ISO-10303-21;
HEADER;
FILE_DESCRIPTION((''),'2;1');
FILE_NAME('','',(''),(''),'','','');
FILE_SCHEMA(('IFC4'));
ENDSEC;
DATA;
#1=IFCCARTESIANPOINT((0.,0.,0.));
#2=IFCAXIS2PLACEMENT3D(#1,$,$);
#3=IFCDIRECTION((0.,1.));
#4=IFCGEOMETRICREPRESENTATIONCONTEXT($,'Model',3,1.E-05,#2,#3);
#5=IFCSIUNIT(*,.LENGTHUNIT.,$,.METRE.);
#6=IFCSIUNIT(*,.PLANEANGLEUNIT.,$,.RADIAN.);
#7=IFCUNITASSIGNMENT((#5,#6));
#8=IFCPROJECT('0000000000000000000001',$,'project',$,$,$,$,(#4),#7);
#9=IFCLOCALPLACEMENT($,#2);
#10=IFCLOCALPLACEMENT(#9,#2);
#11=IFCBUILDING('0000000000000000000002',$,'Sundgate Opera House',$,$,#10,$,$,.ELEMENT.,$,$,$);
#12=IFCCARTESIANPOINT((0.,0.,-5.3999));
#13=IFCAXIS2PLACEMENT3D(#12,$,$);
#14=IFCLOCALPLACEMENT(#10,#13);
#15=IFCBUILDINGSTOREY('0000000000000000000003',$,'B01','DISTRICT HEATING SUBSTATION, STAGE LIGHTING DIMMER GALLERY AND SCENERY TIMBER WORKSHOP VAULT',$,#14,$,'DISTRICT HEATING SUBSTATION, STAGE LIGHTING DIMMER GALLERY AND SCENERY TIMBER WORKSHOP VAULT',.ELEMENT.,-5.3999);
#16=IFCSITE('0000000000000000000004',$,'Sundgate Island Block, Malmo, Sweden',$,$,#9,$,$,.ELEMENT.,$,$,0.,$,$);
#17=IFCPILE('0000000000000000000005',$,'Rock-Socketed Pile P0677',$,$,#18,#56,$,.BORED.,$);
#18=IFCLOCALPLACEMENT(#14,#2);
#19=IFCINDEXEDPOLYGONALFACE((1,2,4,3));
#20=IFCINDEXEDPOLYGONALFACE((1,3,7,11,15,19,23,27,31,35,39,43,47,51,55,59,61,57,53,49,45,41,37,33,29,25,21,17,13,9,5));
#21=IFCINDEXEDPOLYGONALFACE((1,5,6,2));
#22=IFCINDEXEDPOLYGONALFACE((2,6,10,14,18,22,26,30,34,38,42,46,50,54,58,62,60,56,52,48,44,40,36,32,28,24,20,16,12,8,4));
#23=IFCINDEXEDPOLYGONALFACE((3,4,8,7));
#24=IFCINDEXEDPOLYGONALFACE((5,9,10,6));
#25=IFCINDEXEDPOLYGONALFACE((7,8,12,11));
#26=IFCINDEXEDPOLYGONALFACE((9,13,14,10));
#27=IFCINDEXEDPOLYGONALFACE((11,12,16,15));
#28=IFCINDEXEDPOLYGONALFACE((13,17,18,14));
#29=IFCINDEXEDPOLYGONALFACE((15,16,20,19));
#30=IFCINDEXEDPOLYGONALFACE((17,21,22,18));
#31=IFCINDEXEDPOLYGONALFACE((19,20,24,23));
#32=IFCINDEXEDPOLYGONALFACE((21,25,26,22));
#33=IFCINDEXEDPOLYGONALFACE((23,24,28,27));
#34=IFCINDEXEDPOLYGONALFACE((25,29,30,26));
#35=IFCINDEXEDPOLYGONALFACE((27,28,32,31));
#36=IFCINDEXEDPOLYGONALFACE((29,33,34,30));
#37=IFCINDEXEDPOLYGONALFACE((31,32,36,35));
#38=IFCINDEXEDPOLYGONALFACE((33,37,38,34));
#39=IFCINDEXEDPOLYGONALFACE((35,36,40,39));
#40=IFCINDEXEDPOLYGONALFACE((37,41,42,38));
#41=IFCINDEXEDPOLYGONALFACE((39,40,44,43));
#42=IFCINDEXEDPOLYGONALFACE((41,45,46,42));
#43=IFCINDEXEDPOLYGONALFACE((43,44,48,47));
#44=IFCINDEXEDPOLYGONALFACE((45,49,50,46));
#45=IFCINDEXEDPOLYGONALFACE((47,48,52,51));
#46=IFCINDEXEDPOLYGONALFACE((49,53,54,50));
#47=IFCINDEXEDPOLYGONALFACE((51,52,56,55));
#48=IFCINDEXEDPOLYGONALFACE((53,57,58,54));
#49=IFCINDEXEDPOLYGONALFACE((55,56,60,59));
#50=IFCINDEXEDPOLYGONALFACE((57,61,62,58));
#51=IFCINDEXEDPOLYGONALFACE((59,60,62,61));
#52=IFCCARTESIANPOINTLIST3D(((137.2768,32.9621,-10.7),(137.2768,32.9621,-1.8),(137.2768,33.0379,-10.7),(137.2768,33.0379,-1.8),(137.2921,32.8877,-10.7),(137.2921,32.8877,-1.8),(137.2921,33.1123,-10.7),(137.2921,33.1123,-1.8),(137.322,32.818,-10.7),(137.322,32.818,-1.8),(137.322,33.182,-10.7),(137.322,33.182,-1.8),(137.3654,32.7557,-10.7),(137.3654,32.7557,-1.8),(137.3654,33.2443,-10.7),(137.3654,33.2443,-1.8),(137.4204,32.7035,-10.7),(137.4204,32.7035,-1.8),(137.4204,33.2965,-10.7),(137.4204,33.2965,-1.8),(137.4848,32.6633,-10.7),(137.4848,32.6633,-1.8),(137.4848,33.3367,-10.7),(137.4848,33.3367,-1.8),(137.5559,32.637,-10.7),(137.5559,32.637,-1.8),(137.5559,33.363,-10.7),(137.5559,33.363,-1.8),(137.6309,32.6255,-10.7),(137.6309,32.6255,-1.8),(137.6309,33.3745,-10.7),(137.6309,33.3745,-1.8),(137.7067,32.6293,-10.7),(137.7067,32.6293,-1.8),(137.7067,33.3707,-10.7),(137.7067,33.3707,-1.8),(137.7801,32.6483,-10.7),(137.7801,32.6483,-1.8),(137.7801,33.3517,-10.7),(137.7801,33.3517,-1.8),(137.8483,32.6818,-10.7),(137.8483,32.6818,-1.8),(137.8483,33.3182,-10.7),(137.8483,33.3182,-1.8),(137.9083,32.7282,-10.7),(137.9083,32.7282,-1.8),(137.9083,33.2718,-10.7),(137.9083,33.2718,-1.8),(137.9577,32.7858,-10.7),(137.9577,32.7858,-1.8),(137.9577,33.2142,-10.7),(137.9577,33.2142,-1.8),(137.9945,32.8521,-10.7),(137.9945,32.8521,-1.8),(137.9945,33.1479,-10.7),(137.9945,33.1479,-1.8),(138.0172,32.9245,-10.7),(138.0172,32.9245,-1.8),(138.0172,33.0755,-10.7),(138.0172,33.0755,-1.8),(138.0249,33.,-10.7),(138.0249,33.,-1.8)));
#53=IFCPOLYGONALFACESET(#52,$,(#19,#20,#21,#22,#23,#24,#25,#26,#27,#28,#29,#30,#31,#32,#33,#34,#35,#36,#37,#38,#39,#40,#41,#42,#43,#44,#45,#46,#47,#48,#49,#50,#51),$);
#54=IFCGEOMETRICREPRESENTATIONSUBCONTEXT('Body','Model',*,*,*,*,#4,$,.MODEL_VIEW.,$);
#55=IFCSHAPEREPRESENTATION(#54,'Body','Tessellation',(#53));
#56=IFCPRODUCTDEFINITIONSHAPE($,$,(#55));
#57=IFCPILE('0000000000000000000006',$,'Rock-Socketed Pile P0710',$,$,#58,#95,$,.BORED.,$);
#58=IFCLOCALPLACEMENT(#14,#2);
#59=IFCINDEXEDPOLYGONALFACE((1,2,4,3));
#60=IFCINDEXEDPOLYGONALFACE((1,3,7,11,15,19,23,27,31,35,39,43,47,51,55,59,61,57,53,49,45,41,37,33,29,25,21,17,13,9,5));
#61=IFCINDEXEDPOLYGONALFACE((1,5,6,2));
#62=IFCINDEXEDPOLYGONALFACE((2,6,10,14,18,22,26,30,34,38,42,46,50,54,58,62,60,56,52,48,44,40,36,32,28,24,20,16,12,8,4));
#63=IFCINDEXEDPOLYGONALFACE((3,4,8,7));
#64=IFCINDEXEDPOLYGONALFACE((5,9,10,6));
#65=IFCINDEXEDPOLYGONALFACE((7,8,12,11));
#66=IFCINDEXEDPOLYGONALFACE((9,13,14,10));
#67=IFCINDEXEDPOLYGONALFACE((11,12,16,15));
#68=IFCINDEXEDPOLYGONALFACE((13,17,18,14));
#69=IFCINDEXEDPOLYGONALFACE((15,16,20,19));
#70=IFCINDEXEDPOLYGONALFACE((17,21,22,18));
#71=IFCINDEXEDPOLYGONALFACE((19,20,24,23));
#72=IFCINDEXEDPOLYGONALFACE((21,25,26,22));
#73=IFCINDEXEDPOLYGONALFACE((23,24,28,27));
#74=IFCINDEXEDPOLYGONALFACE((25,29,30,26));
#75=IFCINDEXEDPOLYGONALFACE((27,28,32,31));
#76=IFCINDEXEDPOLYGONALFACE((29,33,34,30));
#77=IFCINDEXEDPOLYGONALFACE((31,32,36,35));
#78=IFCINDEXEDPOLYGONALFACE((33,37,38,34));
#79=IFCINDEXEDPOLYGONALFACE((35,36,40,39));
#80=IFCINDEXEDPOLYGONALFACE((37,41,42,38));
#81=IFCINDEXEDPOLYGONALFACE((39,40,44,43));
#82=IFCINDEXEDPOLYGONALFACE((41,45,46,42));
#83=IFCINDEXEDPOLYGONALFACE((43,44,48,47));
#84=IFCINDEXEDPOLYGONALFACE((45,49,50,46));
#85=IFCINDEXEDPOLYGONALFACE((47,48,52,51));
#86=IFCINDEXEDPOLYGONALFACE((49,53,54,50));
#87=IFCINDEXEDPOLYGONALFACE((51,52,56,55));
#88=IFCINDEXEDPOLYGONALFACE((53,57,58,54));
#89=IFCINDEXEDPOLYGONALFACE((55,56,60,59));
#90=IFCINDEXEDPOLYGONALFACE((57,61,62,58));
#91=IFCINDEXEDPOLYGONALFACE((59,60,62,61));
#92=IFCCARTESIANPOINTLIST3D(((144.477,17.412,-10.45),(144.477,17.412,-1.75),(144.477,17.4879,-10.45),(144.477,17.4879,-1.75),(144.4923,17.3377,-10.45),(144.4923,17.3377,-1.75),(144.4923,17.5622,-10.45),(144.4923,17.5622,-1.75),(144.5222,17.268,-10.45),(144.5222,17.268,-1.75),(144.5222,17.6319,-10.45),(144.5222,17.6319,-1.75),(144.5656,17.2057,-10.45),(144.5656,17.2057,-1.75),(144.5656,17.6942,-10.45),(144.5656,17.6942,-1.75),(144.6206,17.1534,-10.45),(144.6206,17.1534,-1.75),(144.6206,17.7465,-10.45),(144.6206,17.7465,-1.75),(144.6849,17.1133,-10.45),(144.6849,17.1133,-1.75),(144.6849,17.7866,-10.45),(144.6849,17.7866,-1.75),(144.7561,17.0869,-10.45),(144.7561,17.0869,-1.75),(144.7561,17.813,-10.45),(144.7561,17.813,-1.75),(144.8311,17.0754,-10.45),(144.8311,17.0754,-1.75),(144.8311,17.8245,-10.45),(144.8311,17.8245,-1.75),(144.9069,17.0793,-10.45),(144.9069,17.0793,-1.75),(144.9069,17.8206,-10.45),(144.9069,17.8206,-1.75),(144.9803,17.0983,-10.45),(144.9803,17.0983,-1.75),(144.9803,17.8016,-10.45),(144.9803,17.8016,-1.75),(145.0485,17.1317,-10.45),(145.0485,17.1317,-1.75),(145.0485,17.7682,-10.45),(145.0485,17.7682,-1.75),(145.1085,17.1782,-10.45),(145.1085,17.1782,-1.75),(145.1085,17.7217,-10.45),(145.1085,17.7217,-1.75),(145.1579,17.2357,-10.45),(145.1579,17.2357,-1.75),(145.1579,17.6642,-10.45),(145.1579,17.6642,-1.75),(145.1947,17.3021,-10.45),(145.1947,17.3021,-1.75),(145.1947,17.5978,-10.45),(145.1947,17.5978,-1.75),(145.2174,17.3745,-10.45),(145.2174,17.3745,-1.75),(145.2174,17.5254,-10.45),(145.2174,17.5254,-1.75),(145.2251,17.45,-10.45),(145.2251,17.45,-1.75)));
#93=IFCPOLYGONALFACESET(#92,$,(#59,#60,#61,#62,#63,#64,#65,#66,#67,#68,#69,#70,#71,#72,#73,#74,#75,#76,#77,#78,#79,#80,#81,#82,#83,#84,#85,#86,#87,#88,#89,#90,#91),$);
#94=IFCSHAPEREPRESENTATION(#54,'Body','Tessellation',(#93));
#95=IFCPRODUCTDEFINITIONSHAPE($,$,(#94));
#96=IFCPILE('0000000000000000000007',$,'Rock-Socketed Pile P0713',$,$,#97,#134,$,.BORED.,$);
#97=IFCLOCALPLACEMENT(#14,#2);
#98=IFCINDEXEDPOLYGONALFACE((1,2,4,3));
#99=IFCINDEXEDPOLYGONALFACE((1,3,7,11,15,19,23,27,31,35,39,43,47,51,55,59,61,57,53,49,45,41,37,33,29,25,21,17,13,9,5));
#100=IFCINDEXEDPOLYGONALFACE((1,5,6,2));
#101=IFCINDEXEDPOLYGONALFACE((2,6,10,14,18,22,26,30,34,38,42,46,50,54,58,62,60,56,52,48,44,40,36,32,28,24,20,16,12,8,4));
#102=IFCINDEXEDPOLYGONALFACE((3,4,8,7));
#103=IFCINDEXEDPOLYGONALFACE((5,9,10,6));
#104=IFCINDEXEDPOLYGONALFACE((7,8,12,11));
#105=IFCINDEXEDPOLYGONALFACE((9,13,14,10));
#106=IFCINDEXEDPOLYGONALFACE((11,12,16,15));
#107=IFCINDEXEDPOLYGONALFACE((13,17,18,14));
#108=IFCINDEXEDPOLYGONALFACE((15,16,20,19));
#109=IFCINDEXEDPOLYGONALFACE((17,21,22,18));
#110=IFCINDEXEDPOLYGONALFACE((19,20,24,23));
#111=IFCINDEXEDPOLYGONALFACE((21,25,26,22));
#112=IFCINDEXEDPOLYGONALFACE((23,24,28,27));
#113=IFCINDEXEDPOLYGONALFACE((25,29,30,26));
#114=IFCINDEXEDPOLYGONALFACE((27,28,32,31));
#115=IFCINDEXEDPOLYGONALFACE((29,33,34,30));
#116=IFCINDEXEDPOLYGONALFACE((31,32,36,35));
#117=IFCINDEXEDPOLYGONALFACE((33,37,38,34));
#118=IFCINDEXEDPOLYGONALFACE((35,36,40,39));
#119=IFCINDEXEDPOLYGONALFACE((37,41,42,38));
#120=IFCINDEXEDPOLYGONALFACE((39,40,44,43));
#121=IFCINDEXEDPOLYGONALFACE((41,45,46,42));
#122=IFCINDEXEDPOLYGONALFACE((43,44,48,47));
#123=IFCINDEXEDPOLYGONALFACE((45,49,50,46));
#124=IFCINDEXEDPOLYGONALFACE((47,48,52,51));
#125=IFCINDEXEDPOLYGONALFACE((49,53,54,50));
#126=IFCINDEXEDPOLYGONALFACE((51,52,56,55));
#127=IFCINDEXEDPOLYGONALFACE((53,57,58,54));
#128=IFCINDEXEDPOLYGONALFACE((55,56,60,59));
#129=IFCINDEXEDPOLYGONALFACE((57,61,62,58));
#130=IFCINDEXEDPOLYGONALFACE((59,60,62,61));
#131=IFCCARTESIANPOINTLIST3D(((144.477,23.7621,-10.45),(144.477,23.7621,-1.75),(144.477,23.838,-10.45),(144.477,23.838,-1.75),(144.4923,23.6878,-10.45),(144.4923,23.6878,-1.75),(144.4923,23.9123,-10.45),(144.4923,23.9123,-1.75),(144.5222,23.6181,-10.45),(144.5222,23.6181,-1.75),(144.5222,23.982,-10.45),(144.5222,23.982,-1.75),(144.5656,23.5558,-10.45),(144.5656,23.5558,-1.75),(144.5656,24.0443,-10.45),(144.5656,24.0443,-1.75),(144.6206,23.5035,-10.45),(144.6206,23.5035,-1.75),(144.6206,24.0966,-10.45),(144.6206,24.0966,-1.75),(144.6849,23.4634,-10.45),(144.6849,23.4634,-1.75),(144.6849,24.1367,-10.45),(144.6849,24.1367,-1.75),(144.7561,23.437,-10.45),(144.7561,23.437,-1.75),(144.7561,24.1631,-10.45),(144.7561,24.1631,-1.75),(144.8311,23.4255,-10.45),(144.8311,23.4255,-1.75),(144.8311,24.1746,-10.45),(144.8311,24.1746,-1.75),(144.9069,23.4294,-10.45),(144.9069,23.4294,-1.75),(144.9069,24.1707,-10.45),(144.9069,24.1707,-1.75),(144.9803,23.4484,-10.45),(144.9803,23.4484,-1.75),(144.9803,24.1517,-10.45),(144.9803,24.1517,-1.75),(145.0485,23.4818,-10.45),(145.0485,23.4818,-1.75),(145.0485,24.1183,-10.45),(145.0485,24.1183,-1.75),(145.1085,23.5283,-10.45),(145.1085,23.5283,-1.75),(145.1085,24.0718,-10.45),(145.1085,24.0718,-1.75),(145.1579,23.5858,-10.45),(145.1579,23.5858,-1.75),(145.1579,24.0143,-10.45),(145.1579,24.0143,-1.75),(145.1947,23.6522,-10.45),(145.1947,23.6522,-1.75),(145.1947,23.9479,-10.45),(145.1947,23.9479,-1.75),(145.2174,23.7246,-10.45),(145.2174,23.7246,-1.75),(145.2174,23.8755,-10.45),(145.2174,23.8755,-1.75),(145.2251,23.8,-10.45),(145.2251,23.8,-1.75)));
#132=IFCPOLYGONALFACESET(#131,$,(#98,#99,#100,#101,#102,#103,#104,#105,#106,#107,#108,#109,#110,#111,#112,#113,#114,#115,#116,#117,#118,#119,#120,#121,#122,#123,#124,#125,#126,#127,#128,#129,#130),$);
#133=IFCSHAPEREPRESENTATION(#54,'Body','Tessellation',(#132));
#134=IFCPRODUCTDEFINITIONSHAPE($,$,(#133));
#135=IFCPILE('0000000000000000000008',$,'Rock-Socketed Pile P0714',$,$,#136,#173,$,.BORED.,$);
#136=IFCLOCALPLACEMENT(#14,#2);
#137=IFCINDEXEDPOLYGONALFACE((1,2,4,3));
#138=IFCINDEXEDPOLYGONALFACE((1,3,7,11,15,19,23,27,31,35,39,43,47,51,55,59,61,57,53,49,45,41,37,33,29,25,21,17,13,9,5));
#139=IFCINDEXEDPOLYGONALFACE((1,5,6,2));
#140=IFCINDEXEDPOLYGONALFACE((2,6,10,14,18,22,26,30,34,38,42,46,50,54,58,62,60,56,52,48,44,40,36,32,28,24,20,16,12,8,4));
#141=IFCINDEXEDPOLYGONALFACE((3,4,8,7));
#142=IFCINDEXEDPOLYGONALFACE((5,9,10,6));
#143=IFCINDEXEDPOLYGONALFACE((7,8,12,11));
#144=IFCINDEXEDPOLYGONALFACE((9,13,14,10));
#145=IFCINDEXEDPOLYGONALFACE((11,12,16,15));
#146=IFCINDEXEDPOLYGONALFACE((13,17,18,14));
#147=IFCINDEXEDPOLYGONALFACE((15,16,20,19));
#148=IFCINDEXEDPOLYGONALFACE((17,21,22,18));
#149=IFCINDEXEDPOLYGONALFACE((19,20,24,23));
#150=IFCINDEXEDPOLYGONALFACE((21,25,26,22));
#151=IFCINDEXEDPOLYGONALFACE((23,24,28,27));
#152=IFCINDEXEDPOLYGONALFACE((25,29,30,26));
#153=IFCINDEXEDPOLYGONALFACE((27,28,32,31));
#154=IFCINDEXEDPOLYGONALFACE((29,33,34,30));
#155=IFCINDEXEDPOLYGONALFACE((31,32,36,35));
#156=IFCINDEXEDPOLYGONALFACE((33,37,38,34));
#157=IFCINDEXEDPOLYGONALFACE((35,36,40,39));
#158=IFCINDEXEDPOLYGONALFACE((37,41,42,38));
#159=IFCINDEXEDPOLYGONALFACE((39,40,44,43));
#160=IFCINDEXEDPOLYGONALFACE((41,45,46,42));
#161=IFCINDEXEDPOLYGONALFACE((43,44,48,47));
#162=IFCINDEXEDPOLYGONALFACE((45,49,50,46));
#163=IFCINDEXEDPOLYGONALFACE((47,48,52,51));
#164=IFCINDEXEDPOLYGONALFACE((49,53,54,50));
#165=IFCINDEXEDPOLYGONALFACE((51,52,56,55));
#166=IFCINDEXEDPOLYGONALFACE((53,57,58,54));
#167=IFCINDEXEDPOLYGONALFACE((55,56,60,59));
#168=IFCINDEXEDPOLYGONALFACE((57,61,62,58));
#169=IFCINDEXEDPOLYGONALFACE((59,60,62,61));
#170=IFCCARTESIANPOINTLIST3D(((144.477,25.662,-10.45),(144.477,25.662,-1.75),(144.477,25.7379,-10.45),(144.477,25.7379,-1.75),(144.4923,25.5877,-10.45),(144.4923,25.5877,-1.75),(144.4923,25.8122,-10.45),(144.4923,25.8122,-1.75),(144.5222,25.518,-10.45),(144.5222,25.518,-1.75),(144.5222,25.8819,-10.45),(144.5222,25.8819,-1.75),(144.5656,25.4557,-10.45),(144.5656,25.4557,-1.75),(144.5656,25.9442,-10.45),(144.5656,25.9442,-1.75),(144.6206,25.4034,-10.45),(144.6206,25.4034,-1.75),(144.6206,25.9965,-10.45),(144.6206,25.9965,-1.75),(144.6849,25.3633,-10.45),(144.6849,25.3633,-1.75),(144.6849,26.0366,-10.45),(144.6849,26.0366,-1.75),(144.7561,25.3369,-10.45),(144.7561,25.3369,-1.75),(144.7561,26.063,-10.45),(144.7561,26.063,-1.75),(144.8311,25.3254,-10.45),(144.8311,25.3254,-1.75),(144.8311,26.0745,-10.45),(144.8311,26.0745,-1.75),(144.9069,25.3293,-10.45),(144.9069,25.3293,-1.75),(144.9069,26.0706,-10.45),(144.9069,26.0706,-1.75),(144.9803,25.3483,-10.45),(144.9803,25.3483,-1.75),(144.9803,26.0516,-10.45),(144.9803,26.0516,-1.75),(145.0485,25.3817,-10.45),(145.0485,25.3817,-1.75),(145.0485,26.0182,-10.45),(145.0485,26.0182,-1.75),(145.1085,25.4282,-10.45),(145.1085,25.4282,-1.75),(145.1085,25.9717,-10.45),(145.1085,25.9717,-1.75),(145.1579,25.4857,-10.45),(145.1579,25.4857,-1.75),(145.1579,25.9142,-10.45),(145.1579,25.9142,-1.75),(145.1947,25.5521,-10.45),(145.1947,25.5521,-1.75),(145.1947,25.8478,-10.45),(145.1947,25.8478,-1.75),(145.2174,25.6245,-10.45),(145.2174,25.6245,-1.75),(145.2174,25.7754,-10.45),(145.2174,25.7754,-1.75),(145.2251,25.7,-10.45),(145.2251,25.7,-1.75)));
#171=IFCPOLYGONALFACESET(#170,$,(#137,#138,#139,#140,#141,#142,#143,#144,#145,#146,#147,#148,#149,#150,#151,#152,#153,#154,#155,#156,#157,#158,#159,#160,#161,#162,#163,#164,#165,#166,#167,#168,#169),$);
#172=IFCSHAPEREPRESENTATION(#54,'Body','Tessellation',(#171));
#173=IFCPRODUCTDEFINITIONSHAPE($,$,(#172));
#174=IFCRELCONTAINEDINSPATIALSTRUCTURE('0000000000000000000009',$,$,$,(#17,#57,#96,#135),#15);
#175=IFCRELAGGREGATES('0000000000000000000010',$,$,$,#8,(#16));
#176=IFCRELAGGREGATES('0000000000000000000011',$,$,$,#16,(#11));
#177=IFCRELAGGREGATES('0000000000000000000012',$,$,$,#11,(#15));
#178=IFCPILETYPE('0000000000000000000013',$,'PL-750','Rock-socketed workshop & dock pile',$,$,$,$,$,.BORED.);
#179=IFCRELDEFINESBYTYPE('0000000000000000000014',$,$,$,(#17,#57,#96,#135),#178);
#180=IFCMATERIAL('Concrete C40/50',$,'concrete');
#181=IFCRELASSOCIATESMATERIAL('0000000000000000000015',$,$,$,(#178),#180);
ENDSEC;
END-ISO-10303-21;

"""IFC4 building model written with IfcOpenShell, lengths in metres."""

from ifc_helpers import new_model, si_unit, direction, frame, origin, origin_2d, place, context, subcontext, project, spatial, circle, extrude, material, material_profile, profile_set, type_object, element, save


model = new_model("IFC4")

# Units and contexts
model_context = context("Model", 3, precision=1e-05, world=origin(), true_north=direction((0.0, 1.0)))
body_context = subcontext(model_context, "Body", "Model", "MODEL_VIEW")
ifc_project = project(units=[si_unit("LENGTHUNIT", "METRE"), si_unit("PLANEANGLEUNIT", "RADIAN")], contexts=[model_context])

# Site, building, storey
site_placement = place(None, origin())
site = spatial("IfcSite", under=ifc_project, at=site_placement, Name="Sundgate Island Block, Malmo, Sweden", CompositionType="ELEMENT", RefElevation=0.0)
building_placement = place(site_placement, origin())
building = spatial("IfcBuilding", under=site, at=building_placement, Name="Sundgate Opera House", CompositionType="ELEMENT")
storey_placement = place(building_placement, frame((0.0, 0.0, -5.3999)))
storey = spatial("IfcBuildingStorey", under=building, at=storey_placement, Name="B01", Description="DISTRICT HEATING SUBSTATION, STAGE LIGHTING DIMMER GALLERY AND SCENERY TIMBER WORKSHOP VAULT", LongName="DISTRICT HEATING SUBSTATION, STAGE LIGHTING DIMMER GALLERY AND SCENERY TIMBER WORKSHOP VAULT", CompositionType="ELEMENT", Elevation=-5.3999)

# Piles
ifc_material_1 = material(Name="Concrete C40/50", Category="concrete")
ifc_material_profile_1 = material_profile(ifc_material_1, circle(Radius=0.375, at=origin_2d()), Name="PILE D750")
ifc_profile_set_1 = profile_set([ifc_material_profile_1], Name="Concrete C40/50")
pile_type = type_object("IfcPileType", Name="PL-750", Description="Rock-socketed workshop & dock pile", PredefinedType="BORED", material=ifc_profile_set_1)
pile_1_placement = place(storey_placement, frame((137.6499, 33.0, -1.8), z_axis=(0.0, 0.0, -1.0), x_axis=(1.0, 0.0, 0.0)))
element("IfcPile", 1, at=pile_1_placement, inside=storey, type_object=pile_type, Name="Rock-Socketed Pile P0677", PredefinedType="BORED", context=body_context, shape_type="SweptSolid", body=[
    extrude(circle(Radius=0.375, at=origin_2d()), origin(), (0.0, 0.0, 1.0), 8.8999),
])
for number, where, z_axis, x_axis, name in (
    (2, (144.8501, 17.45, -1.75), (0.0, 0.0, -1.0), (1.0, 0.0, 0.0), "Rock-Socketed Pile P0710"),
    (3, (144.8501, 23.8, -1.75), (0.0, 0.0, -1.0), (1.0, 0.0, 0.0), "Rock-Socketed Pile P0713"),
    (4, (144.8501, 25.7, -1.75), (0.0, 0.0, -1.0), (1.0, 0.0, 0.0), "Rock-Socketed Pile P0714"),
):
    element("IfcPile", number, at=place(storey_placement, frame(where, z_axis=z_axis, x_axis=x_axis)), inside=storey, type_object=pile_type, Name=name, PredefinedType="BORED", context=body_context, shape_type="SweptSolid", body=[
        extrude(circle(Radius=0.375, at=origin_2d()), origin(), (0.0, 0.0, 1.0), 8.7),
    ])

save(model, "model.ifc")
